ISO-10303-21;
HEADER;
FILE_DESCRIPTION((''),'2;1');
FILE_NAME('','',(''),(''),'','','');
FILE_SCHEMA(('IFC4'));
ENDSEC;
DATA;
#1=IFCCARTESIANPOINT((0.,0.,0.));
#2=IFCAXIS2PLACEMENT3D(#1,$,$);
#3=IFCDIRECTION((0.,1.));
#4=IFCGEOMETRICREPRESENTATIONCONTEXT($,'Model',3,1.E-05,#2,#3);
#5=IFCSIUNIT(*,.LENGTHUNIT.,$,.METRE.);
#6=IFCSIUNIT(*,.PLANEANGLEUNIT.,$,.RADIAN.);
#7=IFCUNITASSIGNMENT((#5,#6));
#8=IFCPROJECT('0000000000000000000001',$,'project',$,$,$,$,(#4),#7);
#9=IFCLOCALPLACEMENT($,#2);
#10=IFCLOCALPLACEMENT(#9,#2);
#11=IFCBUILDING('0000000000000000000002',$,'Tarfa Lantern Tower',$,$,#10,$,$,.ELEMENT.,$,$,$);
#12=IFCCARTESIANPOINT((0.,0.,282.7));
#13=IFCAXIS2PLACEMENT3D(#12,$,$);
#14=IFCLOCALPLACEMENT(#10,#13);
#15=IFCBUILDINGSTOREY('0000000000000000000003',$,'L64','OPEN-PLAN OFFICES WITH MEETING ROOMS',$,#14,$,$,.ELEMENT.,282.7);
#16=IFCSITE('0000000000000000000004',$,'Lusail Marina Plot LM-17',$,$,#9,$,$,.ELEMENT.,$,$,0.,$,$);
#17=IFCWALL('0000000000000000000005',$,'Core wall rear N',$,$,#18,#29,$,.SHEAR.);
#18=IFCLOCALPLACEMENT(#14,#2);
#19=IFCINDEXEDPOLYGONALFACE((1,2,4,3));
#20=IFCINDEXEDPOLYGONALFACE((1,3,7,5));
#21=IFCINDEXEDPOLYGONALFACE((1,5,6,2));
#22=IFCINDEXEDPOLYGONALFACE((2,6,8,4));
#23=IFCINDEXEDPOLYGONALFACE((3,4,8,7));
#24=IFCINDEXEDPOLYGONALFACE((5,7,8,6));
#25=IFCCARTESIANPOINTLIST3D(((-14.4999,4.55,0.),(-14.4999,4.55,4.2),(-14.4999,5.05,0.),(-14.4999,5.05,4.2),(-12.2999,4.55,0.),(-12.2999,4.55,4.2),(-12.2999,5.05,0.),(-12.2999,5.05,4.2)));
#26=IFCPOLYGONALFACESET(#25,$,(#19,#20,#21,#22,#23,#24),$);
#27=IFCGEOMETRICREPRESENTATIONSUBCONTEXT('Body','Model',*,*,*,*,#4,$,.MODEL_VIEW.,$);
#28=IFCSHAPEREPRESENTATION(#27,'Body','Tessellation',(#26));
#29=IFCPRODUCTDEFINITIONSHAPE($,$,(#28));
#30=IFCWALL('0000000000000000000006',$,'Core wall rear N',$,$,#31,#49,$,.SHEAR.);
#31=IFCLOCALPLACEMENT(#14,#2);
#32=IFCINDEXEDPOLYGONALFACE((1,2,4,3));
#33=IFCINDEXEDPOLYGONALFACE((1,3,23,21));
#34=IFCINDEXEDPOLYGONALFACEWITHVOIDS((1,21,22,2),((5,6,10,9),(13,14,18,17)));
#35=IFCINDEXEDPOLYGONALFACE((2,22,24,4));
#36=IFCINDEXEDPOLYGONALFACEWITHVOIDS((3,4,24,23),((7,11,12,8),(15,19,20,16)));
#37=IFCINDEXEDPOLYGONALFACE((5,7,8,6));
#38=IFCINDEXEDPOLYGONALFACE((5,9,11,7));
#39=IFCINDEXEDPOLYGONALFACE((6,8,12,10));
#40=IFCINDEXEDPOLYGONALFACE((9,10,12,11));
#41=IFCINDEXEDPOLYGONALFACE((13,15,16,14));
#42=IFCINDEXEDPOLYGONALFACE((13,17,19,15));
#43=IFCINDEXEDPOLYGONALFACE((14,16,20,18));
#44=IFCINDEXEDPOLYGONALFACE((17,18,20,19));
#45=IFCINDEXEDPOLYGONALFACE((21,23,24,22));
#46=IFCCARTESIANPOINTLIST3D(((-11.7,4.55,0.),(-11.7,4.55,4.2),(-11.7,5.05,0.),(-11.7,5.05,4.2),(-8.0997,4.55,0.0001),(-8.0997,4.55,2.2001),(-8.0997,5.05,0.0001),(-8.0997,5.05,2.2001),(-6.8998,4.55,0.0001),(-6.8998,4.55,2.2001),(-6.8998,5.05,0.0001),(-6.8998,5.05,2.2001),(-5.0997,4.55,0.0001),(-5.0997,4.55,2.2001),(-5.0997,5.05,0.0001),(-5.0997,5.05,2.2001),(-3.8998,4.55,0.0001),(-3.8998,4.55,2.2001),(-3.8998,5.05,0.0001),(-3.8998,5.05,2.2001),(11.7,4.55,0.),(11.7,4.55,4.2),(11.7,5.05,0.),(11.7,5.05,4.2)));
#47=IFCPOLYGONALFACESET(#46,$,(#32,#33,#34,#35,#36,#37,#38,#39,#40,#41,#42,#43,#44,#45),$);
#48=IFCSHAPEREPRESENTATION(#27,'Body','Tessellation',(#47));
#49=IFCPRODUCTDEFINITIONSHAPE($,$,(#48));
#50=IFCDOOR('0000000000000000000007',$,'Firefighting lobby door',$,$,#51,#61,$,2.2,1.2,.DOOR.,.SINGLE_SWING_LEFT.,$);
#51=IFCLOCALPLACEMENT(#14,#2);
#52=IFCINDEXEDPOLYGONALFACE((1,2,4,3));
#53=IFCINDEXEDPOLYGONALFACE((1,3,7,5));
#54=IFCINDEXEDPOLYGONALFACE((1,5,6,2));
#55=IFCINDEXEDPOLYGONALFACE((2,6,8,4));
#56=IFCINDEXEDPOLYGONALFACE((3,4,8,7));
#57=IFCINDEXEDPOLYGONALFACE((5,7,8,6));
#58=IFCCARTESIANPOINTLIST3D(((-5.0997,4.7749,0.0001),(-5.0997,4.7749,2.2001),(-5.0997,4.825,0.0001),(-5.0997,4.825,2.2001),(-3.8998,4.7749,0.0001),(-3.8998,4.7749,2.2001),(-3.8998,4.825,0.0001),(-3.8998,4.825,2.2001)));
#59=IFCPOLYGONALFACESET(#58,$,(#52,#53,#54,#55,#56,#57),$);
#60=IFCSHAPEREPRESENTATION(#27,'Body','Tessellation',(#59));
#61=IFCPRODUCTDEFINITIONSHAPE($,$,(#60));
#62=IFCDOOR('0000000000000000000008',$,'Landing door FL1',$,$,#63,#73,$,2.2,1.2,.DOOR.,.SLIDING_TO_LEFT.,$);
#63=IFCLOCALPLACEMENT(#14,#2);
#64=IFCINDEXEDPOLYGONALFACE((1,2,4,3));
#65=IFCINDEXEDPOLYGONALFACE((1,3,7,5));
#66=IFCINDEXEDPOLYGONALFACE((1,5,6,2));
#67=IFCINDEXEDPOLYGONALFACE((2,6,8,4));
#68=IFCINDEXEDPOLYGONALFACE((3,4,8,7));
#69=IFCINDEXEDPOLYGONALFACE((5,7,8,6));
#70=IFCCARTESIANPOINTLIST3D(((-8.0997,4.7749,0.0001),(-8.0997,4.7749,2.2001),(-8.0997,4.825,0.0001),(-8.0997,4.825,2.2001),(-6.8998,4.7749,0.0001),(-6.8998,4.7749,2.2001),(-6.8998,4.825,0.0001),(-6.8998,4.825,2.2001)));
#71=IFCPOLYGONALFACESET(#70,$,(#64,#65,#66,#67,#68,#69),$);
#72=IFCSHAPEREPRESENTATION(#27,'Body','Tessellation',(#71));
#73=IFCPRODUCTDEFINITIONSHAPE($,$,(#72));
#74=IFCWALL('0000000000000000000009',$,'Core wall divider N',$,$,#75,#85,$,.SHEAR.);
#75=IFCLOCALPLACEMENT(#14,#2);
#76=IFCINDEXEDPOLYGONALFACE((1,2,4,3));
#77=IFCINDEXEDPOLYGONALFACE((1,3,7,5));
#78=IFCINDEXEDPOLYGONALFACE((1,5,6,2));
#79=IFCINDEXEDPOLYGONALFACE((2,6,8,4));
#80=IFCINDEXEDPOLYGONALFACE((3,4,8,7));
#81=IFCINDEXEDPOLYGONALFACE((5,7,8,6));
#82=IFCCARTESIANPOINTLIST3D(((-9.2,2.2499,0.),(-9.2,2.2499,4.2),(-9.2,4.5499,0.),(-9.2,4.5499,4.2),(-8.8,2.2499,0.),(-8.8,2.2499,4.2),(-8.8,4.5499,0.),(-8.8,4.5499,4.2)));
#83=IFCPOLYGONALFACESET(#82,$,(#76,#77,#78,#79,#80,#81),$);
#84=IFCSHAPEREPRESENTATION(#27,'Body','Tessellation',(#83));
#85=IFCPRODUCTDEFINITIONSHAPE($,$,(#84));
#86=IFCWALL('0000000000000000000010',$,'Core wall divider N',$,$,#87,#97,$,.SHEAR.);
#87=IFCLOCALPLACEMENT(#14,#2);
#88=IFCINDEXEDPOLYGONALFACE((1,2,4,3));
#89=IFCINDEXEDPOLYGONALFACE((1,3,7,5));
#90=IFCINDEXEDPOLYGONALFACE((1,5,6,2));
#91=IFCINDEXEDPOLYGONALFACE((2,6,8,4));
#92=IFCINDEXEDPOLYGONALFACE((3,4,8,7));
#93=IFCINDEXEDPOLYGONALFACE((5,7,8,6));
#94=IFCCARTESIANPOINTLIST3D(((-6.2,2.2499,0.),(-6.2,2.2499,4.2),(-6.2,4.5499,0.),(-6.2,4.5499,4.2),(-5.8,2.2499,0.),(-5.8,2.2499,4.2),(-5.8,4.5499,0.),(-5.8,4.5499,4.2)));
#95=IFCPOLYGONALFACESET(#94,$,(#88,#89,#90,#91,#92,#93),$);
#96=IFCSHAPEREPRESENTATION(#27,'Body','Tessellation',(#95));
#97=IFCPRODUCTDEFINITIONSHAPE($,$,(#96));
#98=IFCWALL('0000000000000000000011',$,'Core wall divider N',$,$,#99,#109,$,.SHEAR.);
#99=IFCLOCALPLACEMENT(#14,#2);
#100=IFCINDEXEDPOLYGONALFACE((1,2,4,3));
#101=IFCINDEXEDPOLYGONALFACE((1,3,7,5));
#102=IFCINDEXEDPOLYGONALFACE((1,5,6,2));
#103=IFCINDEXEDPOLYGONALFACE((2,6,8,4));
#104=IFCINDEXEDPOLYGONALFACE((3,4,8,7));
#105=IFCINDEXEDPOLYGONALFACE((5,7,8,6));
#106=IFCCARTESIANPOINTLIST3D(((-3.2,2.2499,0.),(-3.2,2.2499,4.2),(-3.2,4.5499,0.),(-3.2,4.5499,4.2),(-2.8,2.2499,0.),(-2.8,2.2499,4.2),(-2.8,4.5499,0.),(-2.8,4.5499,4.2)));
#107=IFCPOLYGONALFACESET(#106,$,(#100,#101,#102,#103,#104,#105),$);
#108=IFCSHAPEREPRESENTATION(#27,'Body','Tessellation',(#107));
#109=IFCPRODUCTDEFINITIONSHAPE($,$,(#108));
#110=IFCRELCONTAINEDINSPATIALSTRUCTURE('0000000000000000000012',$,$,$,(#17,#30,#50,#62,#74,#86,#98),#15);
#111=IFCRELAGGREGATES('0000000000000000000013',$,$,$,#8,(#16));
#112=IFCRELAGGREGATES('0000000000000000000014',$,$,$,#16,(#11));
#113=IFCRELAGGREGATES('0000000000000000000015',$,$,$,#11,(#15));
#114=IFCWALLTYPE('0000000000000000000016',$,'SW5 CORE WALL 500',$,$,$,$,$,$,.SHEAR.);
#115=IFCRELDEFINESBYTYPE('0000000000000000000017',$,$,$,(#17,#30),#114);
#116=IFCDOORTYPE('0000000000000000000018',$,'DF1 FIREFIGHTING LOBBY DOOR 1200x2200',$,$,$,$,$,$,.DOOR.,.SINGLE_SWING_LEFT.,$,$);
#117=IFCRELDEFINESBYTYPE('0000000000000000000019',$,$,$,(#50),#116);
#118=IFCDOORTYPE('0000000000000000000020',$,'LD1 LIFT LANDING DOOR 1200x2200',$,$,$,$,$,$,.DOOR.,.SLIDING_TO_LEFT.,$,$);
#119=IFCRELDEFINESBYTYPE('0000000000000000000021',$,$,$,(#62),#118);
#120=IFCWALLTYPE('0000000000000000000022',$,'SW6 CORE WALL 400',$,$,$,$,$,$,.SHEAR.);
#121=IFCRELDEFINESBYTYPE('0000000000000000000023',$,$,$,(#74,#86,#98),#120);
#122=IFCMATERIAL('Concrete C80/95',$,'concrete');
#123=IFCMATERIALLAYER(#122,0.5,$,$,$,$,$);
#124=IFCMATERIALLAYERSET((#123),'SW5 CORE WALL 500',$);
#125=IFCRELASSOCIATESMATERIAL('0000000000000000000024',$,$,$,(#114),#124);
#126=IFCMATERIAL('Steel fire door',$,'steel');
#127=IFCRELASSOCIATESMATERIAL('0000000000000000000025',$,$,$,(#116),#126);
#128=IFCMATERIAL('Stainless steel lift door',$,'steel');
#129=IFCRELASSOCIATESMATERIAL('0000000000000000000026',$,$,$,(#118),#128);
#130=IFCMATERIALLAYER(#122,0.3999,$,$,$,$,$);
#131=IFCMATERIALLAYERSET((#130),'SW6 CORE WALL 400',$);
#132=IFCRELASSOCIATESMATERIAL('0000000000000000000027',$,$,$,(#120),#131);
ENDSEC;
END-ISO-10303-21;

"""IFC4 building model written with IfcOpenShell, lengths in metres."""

from ifc_helpers import new_model, si_unit, direction, frame, frame_2d, origin, place, context, subcontext, project, spatial, rectangle, extrude, material, layer, layer_set, type_object, element, fill, save


model = new_model("IFC4")

# Units and contexts
model_context = context("Model", 3, precision=1e-05, world=origin(), true_north=direction((0.0, 1.0)))
body_context = subcontext(model_context, "Body", "Model", "MODEL_VIEW")
ifc_project = project(units=[si_unit("LENGTHUNIT", "METRE"), si_unit("PLANEANGLEUNIT", "RADIAN")], contexts=[model_context])

# Site, building, storey
site_placement = place(None, origin())
site = spatial("IfcSite", under=ifc_project, at=site_placement, Name="Lusail Marina Plot LM-17", CompositionType="ELEMENT", RefElevation=0.0)
building_placement = place(site_placement, origin())
building = spatial("IfcBuilding", under=site, at=building_placement, Name="Tarfa Lantern Tower", CompositionType="ELEMENT")
storey_placement = place(building_placement, frame((0.0, 0.0, 282.7)))
storey = spatial("IfcBuildingStorey", under=building, at=storey_placement, Name="L64", Description="OPEN-PLAN OFFICES WITH MEETING ROOMS", CompositionType="ELEMENT", Elevation=282.7)

# Shared definitions
ifc_material_1 = material(Name="Concrete C80/95", Category="concrete")

# Shared definitions
ifc_layer_1 = layer(ifc_material_1, 0.5)
ifc_layer_set_1 = layer_set([ifc_layer_1], Name="SW5 CORE WALL 500")
wall_type_1 = type_object("IfcWallType", Name="SW5 CORE WALL 500", PredefinedType="SHEAR", material=ifc_layer_set_1)
ifc_material_2 = material(Name="Steel fire door", Category="steel")

# Shared definitions
ifc_material_3 = material(Name="Stainless steel lift door", Category="steel")

# Wall
wall_1_placement = place(storey_placement, frame((-14.5, 4.8, 0.0), z_axis=(0.0, 0.0, 1.0), x_axis=(1.0, 0.0, 0.0)))
element("IfcWall", 1, at=wall_1_placement, inside=storey, type_object=wall_type_1, Name="Core wall rear N", PredefinedType="SHEAR", context=body_context, shape_type="SweptSolid", body=[
    extrude(rectangle(XDim=2.2, YDim=0.5, at=frame_2d((1.1001, 0.0))), origin(), (0.0, 0.0, 1.0), 4.2),
])

# Wall, openings, doors
wall_2_placement = place(storey_placement, frame((-11.7, 4.8, 0.0), z_axis=(0.0, 0.0, 1.0), x_axis=(1.0, 0.0, 0.0)))
wall_2 = element("IfcWall", 2, at=wall_2_placement, inside=storey, type_object=wall_type_1, Name="Core wall rear N", PredefinedType="SHEAR", context=body_context, shape_type="SweptSolid", body=[
    extrude(rectangle(XDim=23.3999, YDim=0.5, at=frame_2d((11.7, 0.0))), origin(), (0.0, 0.0, 1.0), 4.2),
])
opening_1_placement = place(wall_2_placement, frame((6.6001, 0.0, 0.0)))
opening_1 = element("IfcOpeningElement", 3, at=opening_1_placement, cuts=wall_2, PredefinedType="OPENING", context=body_context, shape_type="SweptSolid", body=[
    extrude(rectangle(XDim=1.2, YDim=2.2, at=frame_2d((0.6001, 1.1001))), frame((0.0, 0.26, 0.0), z_axis=(0.0, -1.0, 0.0), x_axis=(1.0, 0.0, 0.0)), (0.0, 0.0, 1.0), 0.52),
])
opening_2_placement = place(wall_2_placement, frame((3.6001, 0.0, 0.0)))
opening_2 = element("IfcOpeningElement", 4, at=opening_2_placement, cuts=wall_2, PredefinedType="OPENING", context=body_context, shape_type="SweptSolid", body=[
    extrude(rectangle(XDim=1.2, YDim=2.2, at=frame_2d((0.6001, 1.1001))), frame((0.0, 0.26, 0.0), z_axis=(0.0, -1.0, 0.0), x_axis=(1.0, 0.0, 0.0)), (0.0, 0.0, 1.0), 0.52),
])
door_type_1 = type_object("IfcDoorType", Name="DF1 FIREFIGHTING LOBBY DOOR 1200x2200", OperationType="SINGLE_SWING_LEFT", PredefinedType="DOOR", material=ifc_material_2)
door_1_placement = place(opening_1_placement, origin())
door_1 = element("IfcDoor", 5, at=door_1_placement, inside=storey, type_object=door_type_1, Name="Firefighting lobby door", OperationType="SINGLE_SWING_LEFT", OverallHeight=2.2, OverallWidth=1.2, PredefinedType="DOOR", context=body_context, shape_type="SweptSolid", body=[
    extrude(rectangle(XDim=1.2, YDim=2.2, at=frame_2d((0.6001, 1.1001))), frame((0.0, 0.0249, 0.0), z_axis=(0.0, -1.0, 0.0), x_axis=(1.0, 0.0, 0.0)), (0.0, 0.0, 1.0), 0.05),
])
fill(opening_1, door_1)
door_type_2 = type_object("IfcDoorType", Name="LD1 LIFT LANDING DOOR 1200x2200", OperationType="SLIDING_TO_LEFT", PredefinedType="DOOR", material=ifc_material_3)
door_2_placement = place(opening_2_placement, origin())
door_2 = element("IfcDoor", 6, at=door_2_placement, inside=storey, type_object=door_type_2, Name="Landing door FL1", OperationType="SLIDING_TO_LEFT", OverallHeight=2.2, OverallWidth=1.2, PredefinedType="DOOR", context=body_context, shape_type="SweptSolid", body=[
    extrude(rectangle(XDim=1.2, YDim=2.2, at=frame_2d((0.6001, 1.1001))), frame((0.0, 0.0249, 0.0), z_axis=(0.0, -1.0, 0.0), x_axis=(1.0, 0.0, 0.0)), (0.0, 0.0, 1.0), 0.05),
])
fill(opening_2, door_2)

# Walls
ifc_layer_2 = layer(ifc_material_1, 0.3999)
ifc_layer_set_2 = layer_set([ifc_layer_2], Name="SW6 CORE WALL 400")
wall_type_2 = type_object("IfcWallType", Name="SW6 CORE WALL 400", PredefinedType="SHEAR", material=ifc_layer_set_2)
for number, where, z_axis, x_axis, name in (
    (7, (-9.0, 2.25, 0.0), (0.0, 0.0, 1.0), (0.0, 1.0, 0.0), "Core wall divider N"),
    (8, (-6.0, 2.25, 0.0), (0.0, 0.0, 1.0), (0.0, 1.0, 0.0), "Core wall divider N"),
    (9, (-3.0, 2.25, 0.0), (0.0, 0.0, 1.0), (0.0, 1.0, 0.0), "Core wall divider N"),
):
    element("IfcWall", number, at=place(storey_placement, frame(where, z_axis=z_axis, x_axis=x_axis)), inside=storey, type_object=wall_type_2, Name=name, PredefinedType="SHEAR", context=body_context, shape_type="SweptSolid", body=[
        extrude(rectangle(XDim=2.3, YDim=0.3999, at=frame_2d((1.1499, 0.0))), origin(), (0.0, 0.0, 1.0), 4.2),
    ])

save(model, "model.ifc")
